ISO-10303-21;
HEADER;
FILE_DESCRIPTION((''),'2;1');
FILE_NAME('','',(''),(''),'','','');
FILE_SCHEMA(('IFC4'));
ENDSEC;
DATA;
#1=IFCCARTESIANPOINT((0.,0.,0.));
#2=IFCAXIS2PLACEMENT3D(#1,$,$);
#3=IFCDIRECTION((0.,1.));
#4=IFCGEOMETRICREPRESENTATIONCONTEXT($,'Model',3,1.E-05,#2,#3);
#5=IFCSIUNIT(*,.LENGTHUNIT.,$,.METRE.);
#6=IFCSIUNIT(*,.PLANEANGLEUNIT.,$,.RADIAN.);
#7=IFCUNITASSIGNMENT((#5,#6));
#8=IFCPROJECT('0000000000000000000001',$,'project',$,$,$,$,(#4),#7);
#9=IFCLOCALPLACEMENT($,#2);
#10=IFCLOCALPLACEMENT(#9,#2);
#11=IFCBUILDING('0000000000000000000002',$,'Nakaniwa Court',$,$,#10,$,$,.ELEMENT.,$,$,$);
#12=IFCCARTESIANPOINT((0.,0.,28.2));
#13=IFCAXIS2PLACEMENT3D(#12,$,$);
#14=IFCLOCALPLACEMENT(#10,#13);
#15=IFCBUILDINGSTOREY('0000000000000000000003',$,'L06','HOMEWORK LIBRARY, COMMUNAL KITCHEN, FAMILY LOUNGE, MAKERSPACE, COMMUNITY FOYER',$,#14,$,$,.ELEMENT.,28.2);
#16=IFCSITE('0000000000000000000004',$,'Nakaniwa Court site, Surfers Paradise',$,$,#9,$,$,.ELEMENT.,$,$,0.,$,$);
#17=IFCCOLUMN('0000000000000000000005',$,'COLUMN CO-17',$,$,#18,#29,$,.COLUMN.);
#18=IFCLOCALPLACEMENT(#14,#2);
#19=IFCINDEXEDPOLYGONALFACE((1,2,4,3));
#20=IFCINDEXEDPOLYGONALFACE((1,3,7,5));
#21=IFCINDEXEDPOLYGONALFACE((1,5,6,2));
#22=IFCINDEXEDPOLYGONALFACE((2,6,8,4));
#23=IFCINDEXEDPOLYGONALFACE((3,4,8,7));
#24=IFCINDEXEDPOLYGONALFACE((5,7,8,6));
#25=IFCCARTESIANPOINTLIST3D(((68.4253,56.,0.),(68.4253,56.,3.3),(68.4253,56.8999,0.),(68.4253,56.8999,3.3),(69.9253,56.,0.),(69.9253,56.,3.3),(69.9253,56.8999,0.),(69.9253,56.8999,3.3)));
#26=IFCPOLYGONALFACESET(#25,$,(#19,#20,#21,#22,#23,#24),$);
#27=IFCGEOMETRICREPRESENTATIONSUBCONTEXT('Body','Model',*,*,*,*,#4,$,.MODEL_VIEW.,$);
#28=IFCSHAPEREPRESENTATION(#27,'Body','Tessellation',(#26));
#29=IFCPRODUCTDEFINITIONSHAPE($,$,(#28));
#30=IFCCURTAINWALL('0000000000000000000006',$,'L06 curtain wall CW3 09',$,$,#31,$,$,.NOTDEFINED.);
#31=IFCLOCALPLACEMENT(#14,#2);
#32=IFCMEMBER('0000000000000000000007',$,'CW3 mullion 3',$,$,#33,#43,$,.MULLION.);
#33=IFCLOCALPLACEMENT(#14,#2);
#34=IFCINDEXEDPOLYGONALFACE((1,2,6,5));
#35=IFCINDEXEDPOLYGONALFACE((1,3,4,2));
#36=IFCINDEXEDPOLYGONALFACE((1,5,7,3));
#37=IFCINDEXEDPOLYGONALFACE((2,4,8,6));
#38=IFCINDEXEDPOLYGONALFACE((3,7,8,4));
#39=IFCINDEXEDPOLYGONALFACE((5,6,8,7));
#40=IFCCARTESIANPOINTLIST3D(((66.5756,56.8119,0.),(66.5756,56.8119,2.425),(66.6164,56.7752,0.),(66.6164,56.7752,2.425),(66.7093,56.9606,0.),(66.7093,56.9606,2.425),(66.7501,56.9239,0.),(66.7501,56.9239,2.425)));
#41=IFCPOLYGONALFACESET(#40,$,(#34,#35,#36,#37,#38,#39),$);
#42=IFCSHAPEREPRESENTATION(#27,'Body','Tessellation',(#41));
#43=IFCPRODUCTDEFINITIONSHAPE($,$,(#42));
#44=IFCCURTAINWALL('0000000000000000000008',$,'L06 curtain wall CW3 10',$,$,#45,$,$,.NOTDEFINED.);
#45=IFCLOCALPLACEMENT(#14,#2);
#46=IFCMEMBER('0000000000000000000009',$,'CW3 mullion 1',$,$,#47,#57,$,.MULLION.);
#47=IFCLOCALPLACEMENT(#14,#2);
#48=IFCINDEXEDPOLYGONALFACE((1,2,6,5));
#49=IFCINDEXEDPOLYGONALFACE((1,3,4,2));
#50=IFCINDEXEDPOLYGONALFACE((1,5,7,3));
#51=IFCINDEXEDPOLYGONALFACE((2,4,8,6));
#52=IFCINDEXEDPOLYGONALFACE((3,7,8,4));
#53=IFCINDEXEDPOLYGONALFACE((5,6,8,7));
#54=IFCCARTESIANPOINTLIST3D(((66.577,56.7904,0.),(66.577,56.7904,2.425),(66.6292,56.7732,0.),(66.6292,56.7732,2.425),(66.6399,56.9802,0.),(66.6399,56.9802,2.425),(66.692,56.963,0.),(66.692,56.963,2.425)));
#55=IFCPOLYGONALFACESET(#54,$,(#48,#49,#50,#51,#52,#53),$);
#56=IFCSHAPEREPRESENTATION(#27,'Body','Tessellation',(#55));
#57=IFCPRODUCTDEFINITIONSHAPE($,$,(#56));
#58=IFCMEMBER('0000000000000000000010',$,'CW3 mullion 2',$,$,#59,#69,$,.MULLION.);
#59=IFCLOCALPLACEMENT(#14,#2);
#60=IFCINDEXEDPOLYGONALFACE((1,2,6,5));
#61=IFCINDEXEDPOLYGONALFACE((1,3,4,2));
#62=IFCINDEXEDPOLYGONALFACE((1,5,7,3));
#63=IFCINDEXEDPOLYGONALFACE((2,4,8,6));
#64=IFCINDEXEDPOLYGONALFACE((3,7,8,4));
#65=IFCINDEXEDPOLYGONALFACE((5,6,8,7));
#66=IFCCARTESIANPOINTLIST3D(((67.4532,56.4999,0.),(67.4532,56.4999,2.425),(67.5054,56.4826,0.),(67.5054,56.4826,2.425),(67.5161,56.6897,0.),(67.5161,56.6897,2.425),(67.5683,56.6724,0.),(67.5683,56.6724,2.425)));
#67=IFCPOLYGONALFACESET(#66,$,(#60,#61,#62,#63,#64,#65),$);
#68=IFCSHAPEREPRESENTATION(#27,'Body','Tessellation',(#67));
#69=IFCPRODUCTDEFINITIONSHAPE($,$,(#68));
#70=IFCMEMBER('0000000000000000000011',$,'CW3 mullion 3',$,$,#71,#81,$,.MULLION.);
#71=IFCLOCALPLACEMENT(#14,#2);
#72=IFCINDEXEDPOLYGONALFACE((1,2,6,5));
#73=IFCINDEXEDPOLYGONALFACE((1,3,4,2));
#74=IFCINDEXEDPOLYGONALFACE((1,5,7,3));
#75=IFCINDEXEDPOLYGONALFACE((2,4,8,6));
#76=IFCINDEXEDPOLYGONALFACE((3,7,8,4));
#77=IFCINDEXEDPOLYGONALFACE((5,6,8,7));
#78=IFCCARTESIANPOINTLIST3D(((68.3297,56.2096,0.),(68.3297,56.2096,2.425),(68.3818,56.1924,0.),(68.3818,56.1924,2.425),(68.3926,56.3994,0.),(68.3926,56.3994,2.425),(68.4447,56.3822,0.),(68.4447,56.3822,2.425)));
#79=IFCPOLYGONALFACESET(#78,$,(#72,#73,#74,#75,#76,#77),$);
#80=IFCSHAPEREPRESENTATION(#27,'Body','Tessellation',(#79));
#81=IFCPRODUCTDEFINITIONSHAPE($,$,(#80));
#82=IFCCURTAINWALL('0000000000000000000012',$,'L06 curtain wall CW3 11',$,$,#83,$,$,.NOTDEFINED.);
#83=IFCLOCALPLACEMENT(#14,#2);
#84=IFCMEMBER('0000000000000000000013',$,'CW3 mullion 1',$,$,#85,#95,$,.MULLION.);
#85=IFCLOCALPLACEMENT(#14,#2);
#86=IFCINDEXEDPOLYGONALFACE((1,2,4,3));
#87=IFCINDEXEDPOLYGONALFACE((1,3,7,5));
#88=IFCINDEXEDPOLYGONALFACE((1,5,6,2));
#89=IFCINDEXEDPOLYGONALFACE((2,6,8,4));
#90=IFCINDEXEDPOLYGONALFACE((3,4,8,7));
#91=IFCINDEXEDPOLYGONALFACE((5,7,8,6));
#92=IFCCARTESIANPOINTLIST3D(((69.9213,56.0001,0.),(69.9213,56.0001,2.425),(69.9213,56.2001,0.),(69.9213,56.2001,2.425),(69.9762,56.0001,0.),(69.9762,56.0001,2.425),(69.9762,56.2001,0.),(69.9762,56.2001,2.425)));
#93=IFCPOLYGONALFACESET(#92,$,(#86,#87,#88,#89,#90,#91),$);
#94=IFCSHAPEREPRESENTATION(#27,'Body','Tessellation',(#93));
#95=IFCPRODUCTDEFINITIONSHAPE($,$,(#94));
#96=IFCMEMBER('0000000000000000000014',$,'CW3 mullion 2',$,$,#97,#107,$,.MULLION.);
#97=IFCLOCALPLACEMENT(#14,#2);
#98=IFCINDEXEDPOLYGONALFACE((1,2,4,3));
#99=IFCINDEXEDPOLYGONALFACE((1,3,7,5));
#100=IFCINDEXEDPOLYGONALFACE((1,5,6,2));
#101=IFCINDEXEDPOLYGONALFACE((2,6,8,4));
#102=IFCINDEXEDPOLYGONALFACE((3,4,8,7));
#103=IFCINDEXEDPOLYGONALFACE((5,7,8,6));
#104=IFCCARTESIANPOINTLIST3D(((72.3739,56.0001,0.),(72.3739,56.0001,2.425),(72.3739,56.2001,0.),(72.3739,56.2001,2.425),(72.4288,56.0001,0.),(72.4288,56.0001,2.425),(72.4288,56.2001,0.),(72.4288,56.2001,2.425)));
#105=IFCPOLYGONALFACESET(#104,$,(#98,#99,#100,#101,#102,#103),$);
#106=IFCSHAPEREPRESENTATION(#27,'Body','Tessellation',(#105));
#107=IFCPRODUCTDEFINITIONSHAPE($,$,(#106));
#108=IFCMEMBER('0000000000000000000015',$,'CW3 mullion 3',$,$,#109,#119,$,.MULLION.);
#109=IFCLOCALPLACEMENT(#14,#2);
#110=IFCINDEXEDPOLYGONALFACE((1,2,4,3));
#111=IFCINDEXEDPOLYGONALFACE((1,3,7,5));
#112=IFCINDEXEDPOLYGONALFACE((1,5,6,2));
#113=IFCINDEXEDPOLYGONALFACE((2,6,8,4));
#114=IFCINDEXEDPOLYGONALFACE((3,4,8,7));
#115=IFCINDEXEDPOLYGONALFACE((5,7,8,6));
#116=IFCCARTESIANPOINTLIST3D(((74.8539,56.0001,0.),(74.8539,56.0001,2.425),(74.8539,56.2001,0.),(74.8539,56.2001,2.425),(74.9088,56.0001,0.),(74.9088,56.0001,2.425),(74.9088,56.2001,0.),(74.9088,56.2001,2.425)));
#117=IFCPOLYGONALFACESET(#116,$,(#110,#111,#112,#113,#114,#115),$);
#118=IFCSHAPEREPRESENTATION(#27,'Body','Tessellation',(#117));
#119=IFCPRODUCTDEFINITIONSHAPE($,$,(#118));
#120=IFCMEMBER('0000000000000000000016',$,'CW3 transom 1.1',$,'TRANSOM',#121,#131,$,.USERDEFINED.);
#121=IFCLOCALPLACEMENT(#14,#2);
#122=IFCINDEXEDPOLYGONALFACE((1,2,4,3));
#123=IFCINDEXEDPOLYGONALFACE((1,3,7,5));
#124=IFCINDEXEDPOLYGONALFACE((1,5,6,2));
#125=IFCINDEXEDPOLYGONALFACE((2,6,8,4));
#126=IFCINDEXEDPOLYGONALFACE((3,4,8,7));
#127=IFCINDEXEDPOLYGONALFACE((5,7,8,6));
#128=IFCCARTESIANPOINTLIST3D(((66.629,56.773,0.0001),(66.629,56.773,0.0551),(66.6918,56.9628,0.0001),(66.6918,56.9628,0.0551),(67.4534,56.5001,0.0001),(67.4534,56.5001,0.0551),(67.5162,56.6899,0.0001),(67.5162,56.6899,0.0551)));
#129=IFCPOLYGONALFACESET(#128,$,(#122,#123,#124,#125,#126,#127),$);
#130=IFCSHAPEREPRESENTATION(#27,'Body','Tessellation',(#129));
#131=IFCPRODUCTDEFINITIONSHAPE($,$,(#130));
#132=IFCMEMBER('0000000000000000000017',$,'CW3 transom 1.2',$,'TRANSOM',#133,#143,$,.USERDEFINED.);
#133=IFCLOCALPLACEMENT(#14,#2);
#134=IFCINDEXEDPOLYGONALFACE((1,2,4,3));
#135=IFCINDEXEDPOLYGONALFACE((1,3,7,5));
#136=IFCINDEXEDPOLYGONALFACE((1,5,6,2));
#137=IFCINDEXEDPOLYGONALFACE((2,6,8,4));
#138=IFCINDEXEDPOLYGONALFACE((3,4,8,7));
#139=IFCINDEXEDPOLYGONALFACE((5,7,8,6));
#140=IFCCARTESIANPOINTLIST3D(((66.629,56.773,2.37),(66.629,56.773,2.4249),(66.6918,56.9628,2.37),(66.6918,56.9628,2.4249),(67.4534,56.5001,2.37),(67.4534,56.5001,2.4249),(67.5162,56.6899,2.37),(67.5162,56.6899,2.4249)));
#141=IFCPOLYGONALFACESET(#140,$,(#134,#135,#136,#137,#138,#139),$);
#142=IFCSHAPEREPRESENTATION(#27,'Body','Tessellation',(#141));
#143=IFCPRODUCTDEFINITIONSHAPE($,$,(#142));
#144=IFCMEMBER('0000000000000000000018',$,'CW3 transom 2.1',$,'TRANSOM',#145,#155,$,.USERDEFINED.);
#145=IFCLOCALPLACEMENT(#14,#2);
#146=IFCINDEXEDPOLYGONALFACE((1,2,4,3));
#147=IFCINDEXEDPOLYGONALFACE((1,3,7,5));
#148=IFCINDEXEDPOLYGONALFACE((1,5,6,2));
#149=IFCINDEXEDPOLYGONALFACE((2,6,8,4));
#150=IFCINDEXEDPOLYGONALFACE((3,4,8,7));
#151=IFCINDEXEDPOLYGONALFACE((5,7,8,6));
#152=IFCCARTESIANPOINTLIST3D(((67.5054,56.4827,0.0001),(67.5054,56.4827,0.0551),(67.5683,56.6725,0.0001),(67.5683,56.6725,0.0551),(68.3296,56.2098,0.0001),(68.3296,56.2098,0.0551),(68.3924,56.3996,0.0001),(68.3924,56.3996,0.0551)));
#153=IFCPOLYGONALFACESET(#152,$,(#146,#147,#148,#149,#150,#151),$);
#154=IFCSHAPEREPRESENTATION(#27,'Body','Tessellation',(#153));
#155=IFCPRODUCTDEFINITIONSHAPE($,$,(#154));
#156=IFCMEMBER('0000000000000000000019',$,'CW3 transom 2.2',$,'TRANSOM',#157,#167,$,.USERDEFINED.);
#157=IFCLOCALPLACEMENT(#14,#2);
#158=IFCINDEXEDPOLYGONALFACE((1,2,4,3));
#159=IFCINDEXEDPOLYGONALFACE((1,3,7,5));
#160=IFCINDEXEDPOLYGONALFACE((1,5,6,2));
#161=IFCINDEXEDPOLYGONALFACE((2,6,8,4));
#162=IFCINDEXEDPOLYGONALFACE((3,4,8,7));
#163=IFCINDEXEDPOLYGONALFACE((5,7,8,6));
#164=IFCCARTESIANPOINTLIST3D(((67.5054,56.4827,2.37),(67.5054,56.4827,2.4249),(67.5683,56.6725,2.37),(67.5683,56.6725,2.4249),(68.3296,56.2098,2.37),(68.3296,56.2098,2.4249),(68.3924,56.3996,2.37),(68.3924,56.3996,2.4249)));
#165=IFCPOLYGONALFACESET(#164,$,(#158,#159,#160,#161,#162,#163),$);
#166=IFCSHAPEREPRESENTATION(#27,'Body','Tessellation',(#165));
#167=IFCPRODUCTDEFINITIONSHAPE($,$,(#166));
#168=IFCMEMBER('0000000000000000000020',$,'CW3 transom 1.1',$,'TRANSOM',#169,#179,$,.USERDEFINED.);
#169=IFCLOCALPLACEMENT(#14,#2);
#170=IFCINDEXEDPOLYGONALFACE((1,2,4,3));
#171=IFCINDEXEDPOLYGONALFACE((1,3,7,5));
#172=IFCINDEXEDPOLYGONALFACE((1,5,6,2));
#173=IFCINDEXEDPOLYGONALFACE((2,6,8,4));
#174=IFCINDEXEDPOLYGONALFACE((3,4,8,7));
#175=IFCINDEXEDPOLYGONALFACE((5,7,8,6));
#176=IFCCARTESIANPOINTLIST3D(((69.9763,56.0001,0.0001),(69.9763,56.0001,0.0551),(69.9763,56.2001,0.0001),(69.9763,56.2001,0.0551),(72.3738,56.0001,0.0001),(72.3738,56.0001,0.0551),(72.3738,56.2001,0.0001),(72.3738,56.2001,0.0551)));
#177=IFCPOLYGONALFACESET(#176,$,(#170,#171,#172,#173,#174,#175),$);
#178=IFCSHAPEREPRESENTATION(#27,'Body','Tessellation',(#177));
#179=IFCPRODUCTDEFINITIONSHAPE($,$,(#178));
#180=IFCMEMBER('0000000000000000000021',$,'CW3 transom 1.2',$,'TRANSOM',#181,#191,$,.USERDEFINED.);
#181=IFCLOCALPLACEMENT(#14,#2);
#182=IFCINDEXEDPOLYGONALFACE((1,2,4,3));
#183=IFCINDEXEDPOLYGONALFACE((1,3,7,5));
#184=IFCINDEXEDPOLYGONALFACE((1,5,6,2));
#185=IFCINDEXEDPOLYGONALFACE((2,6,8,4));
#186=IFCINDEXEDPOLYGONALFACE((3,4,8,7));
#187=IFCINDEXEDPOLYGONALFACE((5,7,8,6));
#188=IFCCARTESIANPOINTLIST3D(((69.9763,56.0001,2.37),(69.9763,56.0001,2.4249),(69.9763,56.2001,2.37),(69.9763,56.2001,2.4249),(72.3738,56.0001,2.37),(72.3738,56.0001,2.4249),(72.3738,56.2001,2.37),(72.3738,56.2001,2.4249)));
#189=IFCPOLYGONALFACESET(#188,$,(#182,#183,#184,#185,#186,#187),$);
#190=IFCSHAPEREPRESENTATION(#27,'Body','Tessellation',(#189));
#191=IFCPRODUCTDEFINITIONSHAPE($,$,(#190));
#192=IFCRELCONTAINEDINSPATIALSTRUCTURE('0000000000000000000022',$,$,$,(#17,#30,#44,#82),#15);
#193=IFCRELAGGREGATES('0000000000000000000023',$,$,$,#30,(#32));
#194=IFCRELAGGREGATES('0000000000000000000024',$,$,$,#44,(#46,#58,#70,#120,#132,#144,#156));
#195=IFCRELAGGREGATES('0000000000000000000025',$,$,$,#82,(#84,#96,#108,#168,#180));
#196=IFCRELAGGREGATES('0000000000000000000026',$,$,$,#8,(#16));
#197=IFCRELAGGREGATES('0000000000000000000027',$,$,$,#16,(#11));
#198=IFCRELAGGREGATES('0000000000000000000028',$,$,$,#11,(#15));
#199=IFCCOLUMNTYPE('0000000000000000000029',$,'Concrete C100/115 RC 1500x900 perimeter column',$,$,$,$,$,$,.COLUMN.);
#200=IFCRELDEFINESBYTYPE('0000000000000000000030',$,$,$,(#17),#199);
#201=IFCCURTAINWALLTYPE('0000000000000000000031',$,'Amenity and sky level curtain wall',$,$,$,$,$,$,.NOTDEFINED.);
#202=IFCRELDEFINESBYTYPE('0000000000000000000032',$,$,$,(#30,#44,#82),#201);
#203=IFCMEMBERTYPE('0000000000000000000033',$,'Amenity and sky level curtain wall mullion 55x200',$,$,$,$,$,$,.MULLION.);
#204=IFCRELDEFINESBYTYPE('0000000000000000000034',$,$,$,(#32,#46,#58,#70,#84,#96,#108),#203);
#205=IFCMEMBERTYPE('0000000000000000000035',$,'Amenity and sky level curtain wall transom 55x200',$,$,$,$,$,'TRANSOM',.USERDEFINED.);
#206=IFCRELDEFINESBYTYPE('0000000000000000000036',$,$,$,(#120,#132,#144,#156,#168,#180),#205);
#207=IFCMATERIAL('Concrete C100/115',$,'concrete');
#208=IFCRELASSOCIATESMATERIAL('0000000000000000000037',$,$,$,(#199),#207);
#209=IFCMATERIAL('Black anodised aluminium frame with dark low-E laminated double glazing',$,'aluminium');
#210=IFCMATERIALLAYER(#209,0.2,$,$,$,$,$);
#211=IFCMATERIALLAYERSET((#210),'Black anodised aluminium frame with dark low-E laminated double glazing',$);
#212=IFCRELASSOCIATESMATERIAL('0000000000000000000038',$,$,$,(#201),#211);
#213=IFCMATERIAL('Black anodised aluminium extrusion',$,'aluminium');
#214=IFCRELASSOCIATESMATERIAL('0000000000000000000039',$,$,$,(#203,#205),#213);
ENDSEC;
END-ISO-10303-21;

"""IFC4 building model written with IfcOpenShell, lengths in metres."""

from ifc_helpers import new_model, si_unit, direction, frame, origin, origin_2d, place, context, subcontext, project, spatial, rectangle, extrude, material, layer, layer_set, material_profile, profile_set, type_object, element, aggregate, save


model = new_model("IFC4")

# Units and contexts
model_context = context("Model", 3, precision=1e-05, world=origin(), true_north=direction((0.0, 1.0)))
body_context = subcontext(model_context, "Body", "Model", "MODEL_VIEW")
ifc_project = project(units=[si_unit("LENGTHUNIT", "METRE"), si_unit("PLANEANGLEUNIT", "RADIAN")], contexts=[model_context])

# Site, building, storey
site_placement = place(None, origin())
site = spatial("IfcSite", under=ifc_project, at=site_placement, Name="Nakaniwa Court site, Surfers Paradise", CompositionType="ELEMENT", RefElevation=0.0)
building_placement = place(site_placement, origin())
building = spatial("IfcBuilding", under=site, at=building_placement, Name="Nakaniwa Court", CompositionType="ELEMENT")
storey_placement = place(building_placement, frame((0.0, 0.0, 28.2)))
storey = spatial("IfcBuildingStorey", under=building, at=storey_placement, Name="L06", Description="HOMEWORK LIBRARY, COMMUNAL KITCHEN, FAMILY LOUNGE, MAKERSPACE, COMMUNITY FOYER", CompositionType="ELEMENT", Elevation=28.2)

# Column
ifc_material_1 = material(Name="Concrete C100/115", Category="concrete")
ifc_material_profile_1 = material_profile(ifc_material_1, rectangle(XDim=1.5, YDim=0.8999, at=origin_2d()), Name="Concrete C100/115 RC 1500x900 perimeter column")
ifc_profile_set_1 = profile_set([ifc_material_profile_1], Name="Concrete C100/115")
column_type = type_object("IfcColumnType", Name="Concrete C100/115 RC 1500x900 perimeter column", PredefinedType="COLUMN", material=ifc_profile_set_1)
column_placement = place(storey_placement, frame((69.1753, 56.45, 0.0), z_axis=(0.0, 0.0, 1.0), x_axis=(1.0, 0.0, 0.0)))
element("IfcColumn", 1, at=column_placement, inside=storey, type_object=column_type, Name="COLUMN CO-17", PredefinedType="COLUMN", context=body_context, shape_type="SweptSolid", body=[
    extrude(rectangle(XDim=1.5, YDim=0.8999, at=origin_2d()), origin(), (0.0, 0.0, 1.0), 3.3),
])

# Curtain wall, member
ifc_material_2 = material(Name="Black anodised aluminium frame with dark low-E laminated double glazing", Category="aluminium")
ifc_layer_1 = layer(ifc_material_2, 0.2)
ifc_layer_set_1 = layer_set([ifc_layer_1], Name="Black anodised aluminium frame with dark low-E laminated double glazing")
curtain_wall_type = type_object("IfcCurtainWallType", Name="Amenity and sky level curtain wall", PredefinedType="NOTDEFINED", material=ifc_layer_set_1)
curtain_wall_1_placement = place(storey_placement, origin())
curtain_wall_1 = element("IfcCurtainWall", 2, at=curtain_wall_1_placement, inside=storey, type_object=curtain_wall_type, Name="L06 curtain wall CW3 09", PredefinedType="NOTDEFINED")
ifc_material_3 = material(Name="Black anodised aluminium extrusion", Category="aluminium")
ifc_material_profile_2 = material_profile(ifc_material_3, rectangle(XDim=0.2, YDim=0.0549, at=origin_2d()), Name="Amenity and sky level curtain wall mullion 55x200")
ifc_profile_set_2 = profile_set([ifc_material_profile_2], Name="Black anodised aluminium extrusion")
member_type_1 = type_object("IfcMemberType", Name="Amenity and sky level curtain wall mullion 55x200", PredefinedType="MULLION", material=ifc_profile_set_2)
member_1_placement = place(storey_placement, frame((66.6628, 56.8679, 0.0), z_axis=(0.0, 0.0, 1.0), x_axis=(0.668653, 0.743575, 0.0)))
member_1 = element("IfcMember", 3, at=member_1_placement, type_object=member_type_1, Name="CW3 mullion 3", PredefinedType="MULLION", context=body_context, shape_type="SweptSolid", body=[
    extrude(rectangle(XDim=0.2, YDim=0.0549, at=origin_2d()), origin(), (0.0, 0.0, 1.0), 2.425),
])
aggregate(curtain_wall_1, [member_1])

# Curtain walls, members
curtain_wall_2_placement = place(storey_placement, origin())
curtain_wall_2 = element("IfcCurtainWall", 4, at=curtain_wall_2_placement, inside=storey, type_object=curtain_wall_type, Name="L06 curtain wall CW3 10", PredefinedType="NOTDEFINED")
member_2_placement = place(storey_placement, frame((66.6345, 56.8767, 0.0), z_axis=(0.0, 0.0, 1.0), x_axis=(0.314476, 0.949265, 0.0)))
member_2 = element("IfcMember", 5, at=member_2_placement, type_object=member_type_1, Name="CW3 mullion 1", PredefinedType="MULLION", context=body_context, shape_type="SweptSolid", body=[
    extrude(rectangle(XDim=0.2, YDim=0.0549, at=origin_2d()), origin(), (0.0, 0.0, 1.0), 2.425),
])
member_3_placement = place(storey_placement, frame((67.5107, 56.5862, 0.0), z_axis=(0.0, 0.0, 1.0), x_axis=(0.314476, 0.949265, 0.0)))
member_3 = element("IfcMember", 6, at=member_3_placement, type_object=member_type_1, Name="CW3 mullion 2", PredefinedType="MULLION", context=body_context, shape_type="SweptSolid", body=[
    extrude(rectangle(XDim=0.2, YDim=0.0549, at=origin_2d()), origin(), (0.0, 0.0, 1.0), 2.425),
])
member_4_placement = place(storey_placement, frame((68.3872, 56.2959, 0.0), z_axis=(0.0, 0.0, 1.0), x_axis=(0.314476, 0.949265, 0.0)))
member_4 = element("IfcMember", 7, at=member_4_placement, type_object=member_type_1, Name="CW3 mullion 3", PredefinedType="MULLION", context=body_context, shape_type="SweptSolid", body=[
    extrude(rectangle(XDim=0.2, YDim=0.0549, at=origin_2d()), origin(), (0.0, 0.0, 1.0), 2.425),
])
curtain_wall_3_placement = place(storey_placement, origin())
curtain_wall_3 = element("IfcCurtainWall", 8, at=curtain_wall_3_placement, inside=storey, type_object=curtain_wall_type, Name="L06 curtain wall CW3 11", PredefinedType="NOTDEFINED")
member_5_placement = place(storey_placement, frame((69.9487, 56.1001, 0.0), z_axis=(0.0, 0.0, 1.0), x_axis=(0.0, 1.0, 0.0)))
member_5 = element("IfcMember", 9, at=member_5_placement, type_object=member_type_1, Name="CW3 mullion 1", PredefinedType="MULLION", context=body_context, shape_type="SweptSolid", body=[
    extrude(rectangle(XDim=0.2, YDim=0.0549, at=origin_2d()), origin(), (0.0, 0.0, 1.0), 2.425),
])
member_6_placement = place(storey_placement, frame((72.4014, 56.1001, 0.0), z_axis=(0.0, 0.0, 1.0), x_axis=(0.0, 1.0, 0.0)))
member_6 = element("IfcMember", 10, at=member_6_placement, type_object=member_type_1, Name="CW3 mullion 2", PredefinedType="MULLION", context=body_context, shape_type="SweptSolid", body=[
    extrude(rectangle(XDim=0.2, YDim=0.0549, at=origin_2d()), origin(), (0.0, 0.0, 1.0), 2.425),
])
member_7_placement = place(storey_placement, frame((74.8813, 56.1001, 0.0), z_axis=(0.0, 0.0, 1.0), x_axis=(0.0, 1.0, 0.0)))
member_7 = element("IfcMember", 11, at=member_7_placement, type_object=member_type_1, Name="CW3 mullion 3", PredefinedType="MULLION", context=body_context, shape_type="SweptSolid", body=[
    extrude(rectangle(XDim=0.2, YDim=0.0549, at=origin_2d()), origin(), (0.0, 0.0, 1.0), 2.425),
])

# Members
ifc_material_profile_3 = material_profile(ifc_material_3, rectangle(XDim=0.2, YDim=0.0549, at=origin_2d()), Name="Amenity and sky level curtain wall transom 55x200")
ifc_profile_set_3 = profile_set([ifc_material_profile_3], Name="Black anodised aluminium extrusion")
member_type_2 = type_object("IfcMemberType", Name="Amenity and sky level curtain wall transom 55x200", ElementType="TRANSOM", PredefinedType="USERDEFINED", material=ifc_profile_set_3)
member_8_placement = place(storey_placement, frame((66.6604, 56.8679, 0.0276), z_axis=(0.949328, -0.314287, 0.0), x_axis=(0.314287, 0.949328, 0.0)))
member_8 = element("IfcMember", 12, at=member_8_placement, type_object=member_type_2, Name="CW3 transom 1.1", ObjectType="TRANSOM", PredefinedType="USERDEFINED", context=body_context, shape_type="SweptSolid", body=[
    extrude(rectangle(XDim=0.2, YDim=0.0549, at=origin_2d()), origin(), (0.0, 0.0, 1.0), 0.8684),
])
member_9_placement = place(storey_placement, frame((66.6604, 56.8679, 2.3975), z_axis=(0.949328, -0.314287, 0.0), x_axis=(0.314287, 0.949328, 0.0)))
member_9 = element("IfcMember", 13, at=member_9_placement, type_object=member_type_2, Name="CW3 transom 1.2", ObjectType="TRANSOM", PredefinedType="USERDEFINED", context=body_context, shape_type="SweptSolid", body=[
    extrude(rectangle(XDim=0.2, YDim=0.0549, at=origin_2d()), origin(), (0.0, 0.0, 1.0), 0.8684),
])
member_10_placement = place(storey_placement, frame((67.5369, 56.5776, 0.0276), z_axis=(0.9493, -0.314371, 0.0), x_axis=(0.314371, 0.9493, 0.0)))
member_10 = element("IfcMember", 14, at=member_10_placement, type_object=member_type_2, Name="CW3 transom 2.1", ObjectType="TRANSOM", PredefinedType="USERDEFINED", context=body_context, shape_type="SweptSolid", body=[
    extrude(rectangle(XDim=0.2, YDim=0.0549, at=origin_2d()), origin(), (0.0, 0.0, 1.0), 0.8682),
])
member_11_placement = place(storey_placement, frame((67.5369, 56.5776, 2.3975), z_axis=(0.9493, -0.314371, 0.0), x_axis=(0.314371, 0.9493, 0.0)))
member_11 = element("IfcMember", 15, at=member_11_placement, type_object=member_type_2, Name="CW3 transom 2.2", ObjectType="TRANSOM", PredefinedType="USERDEFINED", context=body_context, shape_type="SweptSolid", body=[
    extrude(rectangle(XDim=0.2, YDim=0.0549, at=origin_2d()), origin(), (0.0, 0.0, 1.0), 0.8682),
])
member_12_placement = place(storey_placement, frame((69.9763, 56.1001, 0.0276), z_axis=(1.0, 0.0, 0.0), x_axis=(0.0, 1.0, 0.0)))
member_12 = element("IfcMember", 16, at=member_12_placement, type_object=member_type_2, Name="CW3 transom 1.1", ObjectType="TRANSOM", PredefinedType="USERDEFINED", context=body_context, shape_type="SweptSolid", body=[
    extrude(rectangle(XDim=0.2, YDim=0.0549, at=origin_2d()), origin(), (0.0, 0.0, 1.0), 2.3975),
])
member_13_placement = place(storey_placement, frame((69.9763, 56.1001, 2.3975), z_axis=(1.0, 0.0, 0.0), x_axis=(0.0, 1.0, 0.0)))
member_13 = element("IfcMember", 17, at=member_13_placement, type_object=member_type_2, Name="CW3 transom 1.2", ObjectType="TRANSOM", PredefinedType="USERDEFINED", context=body_context, shape_type="SweptSolid", body=[
    extrude(rectangle(XDim=0.2, YDim=0.0549, at=origin_2d()), origin(), (0.0, 0.0, 1.0), 2.3975),
])

aggregate(curtain_wall_2, [member_2, member_3, member_4, member_8, member_9, member_10, member_11])
aggregate(curtain_wall_3, [member_5, member_6, member_7, member_12, member_13])

save(model, "model.ifc")
